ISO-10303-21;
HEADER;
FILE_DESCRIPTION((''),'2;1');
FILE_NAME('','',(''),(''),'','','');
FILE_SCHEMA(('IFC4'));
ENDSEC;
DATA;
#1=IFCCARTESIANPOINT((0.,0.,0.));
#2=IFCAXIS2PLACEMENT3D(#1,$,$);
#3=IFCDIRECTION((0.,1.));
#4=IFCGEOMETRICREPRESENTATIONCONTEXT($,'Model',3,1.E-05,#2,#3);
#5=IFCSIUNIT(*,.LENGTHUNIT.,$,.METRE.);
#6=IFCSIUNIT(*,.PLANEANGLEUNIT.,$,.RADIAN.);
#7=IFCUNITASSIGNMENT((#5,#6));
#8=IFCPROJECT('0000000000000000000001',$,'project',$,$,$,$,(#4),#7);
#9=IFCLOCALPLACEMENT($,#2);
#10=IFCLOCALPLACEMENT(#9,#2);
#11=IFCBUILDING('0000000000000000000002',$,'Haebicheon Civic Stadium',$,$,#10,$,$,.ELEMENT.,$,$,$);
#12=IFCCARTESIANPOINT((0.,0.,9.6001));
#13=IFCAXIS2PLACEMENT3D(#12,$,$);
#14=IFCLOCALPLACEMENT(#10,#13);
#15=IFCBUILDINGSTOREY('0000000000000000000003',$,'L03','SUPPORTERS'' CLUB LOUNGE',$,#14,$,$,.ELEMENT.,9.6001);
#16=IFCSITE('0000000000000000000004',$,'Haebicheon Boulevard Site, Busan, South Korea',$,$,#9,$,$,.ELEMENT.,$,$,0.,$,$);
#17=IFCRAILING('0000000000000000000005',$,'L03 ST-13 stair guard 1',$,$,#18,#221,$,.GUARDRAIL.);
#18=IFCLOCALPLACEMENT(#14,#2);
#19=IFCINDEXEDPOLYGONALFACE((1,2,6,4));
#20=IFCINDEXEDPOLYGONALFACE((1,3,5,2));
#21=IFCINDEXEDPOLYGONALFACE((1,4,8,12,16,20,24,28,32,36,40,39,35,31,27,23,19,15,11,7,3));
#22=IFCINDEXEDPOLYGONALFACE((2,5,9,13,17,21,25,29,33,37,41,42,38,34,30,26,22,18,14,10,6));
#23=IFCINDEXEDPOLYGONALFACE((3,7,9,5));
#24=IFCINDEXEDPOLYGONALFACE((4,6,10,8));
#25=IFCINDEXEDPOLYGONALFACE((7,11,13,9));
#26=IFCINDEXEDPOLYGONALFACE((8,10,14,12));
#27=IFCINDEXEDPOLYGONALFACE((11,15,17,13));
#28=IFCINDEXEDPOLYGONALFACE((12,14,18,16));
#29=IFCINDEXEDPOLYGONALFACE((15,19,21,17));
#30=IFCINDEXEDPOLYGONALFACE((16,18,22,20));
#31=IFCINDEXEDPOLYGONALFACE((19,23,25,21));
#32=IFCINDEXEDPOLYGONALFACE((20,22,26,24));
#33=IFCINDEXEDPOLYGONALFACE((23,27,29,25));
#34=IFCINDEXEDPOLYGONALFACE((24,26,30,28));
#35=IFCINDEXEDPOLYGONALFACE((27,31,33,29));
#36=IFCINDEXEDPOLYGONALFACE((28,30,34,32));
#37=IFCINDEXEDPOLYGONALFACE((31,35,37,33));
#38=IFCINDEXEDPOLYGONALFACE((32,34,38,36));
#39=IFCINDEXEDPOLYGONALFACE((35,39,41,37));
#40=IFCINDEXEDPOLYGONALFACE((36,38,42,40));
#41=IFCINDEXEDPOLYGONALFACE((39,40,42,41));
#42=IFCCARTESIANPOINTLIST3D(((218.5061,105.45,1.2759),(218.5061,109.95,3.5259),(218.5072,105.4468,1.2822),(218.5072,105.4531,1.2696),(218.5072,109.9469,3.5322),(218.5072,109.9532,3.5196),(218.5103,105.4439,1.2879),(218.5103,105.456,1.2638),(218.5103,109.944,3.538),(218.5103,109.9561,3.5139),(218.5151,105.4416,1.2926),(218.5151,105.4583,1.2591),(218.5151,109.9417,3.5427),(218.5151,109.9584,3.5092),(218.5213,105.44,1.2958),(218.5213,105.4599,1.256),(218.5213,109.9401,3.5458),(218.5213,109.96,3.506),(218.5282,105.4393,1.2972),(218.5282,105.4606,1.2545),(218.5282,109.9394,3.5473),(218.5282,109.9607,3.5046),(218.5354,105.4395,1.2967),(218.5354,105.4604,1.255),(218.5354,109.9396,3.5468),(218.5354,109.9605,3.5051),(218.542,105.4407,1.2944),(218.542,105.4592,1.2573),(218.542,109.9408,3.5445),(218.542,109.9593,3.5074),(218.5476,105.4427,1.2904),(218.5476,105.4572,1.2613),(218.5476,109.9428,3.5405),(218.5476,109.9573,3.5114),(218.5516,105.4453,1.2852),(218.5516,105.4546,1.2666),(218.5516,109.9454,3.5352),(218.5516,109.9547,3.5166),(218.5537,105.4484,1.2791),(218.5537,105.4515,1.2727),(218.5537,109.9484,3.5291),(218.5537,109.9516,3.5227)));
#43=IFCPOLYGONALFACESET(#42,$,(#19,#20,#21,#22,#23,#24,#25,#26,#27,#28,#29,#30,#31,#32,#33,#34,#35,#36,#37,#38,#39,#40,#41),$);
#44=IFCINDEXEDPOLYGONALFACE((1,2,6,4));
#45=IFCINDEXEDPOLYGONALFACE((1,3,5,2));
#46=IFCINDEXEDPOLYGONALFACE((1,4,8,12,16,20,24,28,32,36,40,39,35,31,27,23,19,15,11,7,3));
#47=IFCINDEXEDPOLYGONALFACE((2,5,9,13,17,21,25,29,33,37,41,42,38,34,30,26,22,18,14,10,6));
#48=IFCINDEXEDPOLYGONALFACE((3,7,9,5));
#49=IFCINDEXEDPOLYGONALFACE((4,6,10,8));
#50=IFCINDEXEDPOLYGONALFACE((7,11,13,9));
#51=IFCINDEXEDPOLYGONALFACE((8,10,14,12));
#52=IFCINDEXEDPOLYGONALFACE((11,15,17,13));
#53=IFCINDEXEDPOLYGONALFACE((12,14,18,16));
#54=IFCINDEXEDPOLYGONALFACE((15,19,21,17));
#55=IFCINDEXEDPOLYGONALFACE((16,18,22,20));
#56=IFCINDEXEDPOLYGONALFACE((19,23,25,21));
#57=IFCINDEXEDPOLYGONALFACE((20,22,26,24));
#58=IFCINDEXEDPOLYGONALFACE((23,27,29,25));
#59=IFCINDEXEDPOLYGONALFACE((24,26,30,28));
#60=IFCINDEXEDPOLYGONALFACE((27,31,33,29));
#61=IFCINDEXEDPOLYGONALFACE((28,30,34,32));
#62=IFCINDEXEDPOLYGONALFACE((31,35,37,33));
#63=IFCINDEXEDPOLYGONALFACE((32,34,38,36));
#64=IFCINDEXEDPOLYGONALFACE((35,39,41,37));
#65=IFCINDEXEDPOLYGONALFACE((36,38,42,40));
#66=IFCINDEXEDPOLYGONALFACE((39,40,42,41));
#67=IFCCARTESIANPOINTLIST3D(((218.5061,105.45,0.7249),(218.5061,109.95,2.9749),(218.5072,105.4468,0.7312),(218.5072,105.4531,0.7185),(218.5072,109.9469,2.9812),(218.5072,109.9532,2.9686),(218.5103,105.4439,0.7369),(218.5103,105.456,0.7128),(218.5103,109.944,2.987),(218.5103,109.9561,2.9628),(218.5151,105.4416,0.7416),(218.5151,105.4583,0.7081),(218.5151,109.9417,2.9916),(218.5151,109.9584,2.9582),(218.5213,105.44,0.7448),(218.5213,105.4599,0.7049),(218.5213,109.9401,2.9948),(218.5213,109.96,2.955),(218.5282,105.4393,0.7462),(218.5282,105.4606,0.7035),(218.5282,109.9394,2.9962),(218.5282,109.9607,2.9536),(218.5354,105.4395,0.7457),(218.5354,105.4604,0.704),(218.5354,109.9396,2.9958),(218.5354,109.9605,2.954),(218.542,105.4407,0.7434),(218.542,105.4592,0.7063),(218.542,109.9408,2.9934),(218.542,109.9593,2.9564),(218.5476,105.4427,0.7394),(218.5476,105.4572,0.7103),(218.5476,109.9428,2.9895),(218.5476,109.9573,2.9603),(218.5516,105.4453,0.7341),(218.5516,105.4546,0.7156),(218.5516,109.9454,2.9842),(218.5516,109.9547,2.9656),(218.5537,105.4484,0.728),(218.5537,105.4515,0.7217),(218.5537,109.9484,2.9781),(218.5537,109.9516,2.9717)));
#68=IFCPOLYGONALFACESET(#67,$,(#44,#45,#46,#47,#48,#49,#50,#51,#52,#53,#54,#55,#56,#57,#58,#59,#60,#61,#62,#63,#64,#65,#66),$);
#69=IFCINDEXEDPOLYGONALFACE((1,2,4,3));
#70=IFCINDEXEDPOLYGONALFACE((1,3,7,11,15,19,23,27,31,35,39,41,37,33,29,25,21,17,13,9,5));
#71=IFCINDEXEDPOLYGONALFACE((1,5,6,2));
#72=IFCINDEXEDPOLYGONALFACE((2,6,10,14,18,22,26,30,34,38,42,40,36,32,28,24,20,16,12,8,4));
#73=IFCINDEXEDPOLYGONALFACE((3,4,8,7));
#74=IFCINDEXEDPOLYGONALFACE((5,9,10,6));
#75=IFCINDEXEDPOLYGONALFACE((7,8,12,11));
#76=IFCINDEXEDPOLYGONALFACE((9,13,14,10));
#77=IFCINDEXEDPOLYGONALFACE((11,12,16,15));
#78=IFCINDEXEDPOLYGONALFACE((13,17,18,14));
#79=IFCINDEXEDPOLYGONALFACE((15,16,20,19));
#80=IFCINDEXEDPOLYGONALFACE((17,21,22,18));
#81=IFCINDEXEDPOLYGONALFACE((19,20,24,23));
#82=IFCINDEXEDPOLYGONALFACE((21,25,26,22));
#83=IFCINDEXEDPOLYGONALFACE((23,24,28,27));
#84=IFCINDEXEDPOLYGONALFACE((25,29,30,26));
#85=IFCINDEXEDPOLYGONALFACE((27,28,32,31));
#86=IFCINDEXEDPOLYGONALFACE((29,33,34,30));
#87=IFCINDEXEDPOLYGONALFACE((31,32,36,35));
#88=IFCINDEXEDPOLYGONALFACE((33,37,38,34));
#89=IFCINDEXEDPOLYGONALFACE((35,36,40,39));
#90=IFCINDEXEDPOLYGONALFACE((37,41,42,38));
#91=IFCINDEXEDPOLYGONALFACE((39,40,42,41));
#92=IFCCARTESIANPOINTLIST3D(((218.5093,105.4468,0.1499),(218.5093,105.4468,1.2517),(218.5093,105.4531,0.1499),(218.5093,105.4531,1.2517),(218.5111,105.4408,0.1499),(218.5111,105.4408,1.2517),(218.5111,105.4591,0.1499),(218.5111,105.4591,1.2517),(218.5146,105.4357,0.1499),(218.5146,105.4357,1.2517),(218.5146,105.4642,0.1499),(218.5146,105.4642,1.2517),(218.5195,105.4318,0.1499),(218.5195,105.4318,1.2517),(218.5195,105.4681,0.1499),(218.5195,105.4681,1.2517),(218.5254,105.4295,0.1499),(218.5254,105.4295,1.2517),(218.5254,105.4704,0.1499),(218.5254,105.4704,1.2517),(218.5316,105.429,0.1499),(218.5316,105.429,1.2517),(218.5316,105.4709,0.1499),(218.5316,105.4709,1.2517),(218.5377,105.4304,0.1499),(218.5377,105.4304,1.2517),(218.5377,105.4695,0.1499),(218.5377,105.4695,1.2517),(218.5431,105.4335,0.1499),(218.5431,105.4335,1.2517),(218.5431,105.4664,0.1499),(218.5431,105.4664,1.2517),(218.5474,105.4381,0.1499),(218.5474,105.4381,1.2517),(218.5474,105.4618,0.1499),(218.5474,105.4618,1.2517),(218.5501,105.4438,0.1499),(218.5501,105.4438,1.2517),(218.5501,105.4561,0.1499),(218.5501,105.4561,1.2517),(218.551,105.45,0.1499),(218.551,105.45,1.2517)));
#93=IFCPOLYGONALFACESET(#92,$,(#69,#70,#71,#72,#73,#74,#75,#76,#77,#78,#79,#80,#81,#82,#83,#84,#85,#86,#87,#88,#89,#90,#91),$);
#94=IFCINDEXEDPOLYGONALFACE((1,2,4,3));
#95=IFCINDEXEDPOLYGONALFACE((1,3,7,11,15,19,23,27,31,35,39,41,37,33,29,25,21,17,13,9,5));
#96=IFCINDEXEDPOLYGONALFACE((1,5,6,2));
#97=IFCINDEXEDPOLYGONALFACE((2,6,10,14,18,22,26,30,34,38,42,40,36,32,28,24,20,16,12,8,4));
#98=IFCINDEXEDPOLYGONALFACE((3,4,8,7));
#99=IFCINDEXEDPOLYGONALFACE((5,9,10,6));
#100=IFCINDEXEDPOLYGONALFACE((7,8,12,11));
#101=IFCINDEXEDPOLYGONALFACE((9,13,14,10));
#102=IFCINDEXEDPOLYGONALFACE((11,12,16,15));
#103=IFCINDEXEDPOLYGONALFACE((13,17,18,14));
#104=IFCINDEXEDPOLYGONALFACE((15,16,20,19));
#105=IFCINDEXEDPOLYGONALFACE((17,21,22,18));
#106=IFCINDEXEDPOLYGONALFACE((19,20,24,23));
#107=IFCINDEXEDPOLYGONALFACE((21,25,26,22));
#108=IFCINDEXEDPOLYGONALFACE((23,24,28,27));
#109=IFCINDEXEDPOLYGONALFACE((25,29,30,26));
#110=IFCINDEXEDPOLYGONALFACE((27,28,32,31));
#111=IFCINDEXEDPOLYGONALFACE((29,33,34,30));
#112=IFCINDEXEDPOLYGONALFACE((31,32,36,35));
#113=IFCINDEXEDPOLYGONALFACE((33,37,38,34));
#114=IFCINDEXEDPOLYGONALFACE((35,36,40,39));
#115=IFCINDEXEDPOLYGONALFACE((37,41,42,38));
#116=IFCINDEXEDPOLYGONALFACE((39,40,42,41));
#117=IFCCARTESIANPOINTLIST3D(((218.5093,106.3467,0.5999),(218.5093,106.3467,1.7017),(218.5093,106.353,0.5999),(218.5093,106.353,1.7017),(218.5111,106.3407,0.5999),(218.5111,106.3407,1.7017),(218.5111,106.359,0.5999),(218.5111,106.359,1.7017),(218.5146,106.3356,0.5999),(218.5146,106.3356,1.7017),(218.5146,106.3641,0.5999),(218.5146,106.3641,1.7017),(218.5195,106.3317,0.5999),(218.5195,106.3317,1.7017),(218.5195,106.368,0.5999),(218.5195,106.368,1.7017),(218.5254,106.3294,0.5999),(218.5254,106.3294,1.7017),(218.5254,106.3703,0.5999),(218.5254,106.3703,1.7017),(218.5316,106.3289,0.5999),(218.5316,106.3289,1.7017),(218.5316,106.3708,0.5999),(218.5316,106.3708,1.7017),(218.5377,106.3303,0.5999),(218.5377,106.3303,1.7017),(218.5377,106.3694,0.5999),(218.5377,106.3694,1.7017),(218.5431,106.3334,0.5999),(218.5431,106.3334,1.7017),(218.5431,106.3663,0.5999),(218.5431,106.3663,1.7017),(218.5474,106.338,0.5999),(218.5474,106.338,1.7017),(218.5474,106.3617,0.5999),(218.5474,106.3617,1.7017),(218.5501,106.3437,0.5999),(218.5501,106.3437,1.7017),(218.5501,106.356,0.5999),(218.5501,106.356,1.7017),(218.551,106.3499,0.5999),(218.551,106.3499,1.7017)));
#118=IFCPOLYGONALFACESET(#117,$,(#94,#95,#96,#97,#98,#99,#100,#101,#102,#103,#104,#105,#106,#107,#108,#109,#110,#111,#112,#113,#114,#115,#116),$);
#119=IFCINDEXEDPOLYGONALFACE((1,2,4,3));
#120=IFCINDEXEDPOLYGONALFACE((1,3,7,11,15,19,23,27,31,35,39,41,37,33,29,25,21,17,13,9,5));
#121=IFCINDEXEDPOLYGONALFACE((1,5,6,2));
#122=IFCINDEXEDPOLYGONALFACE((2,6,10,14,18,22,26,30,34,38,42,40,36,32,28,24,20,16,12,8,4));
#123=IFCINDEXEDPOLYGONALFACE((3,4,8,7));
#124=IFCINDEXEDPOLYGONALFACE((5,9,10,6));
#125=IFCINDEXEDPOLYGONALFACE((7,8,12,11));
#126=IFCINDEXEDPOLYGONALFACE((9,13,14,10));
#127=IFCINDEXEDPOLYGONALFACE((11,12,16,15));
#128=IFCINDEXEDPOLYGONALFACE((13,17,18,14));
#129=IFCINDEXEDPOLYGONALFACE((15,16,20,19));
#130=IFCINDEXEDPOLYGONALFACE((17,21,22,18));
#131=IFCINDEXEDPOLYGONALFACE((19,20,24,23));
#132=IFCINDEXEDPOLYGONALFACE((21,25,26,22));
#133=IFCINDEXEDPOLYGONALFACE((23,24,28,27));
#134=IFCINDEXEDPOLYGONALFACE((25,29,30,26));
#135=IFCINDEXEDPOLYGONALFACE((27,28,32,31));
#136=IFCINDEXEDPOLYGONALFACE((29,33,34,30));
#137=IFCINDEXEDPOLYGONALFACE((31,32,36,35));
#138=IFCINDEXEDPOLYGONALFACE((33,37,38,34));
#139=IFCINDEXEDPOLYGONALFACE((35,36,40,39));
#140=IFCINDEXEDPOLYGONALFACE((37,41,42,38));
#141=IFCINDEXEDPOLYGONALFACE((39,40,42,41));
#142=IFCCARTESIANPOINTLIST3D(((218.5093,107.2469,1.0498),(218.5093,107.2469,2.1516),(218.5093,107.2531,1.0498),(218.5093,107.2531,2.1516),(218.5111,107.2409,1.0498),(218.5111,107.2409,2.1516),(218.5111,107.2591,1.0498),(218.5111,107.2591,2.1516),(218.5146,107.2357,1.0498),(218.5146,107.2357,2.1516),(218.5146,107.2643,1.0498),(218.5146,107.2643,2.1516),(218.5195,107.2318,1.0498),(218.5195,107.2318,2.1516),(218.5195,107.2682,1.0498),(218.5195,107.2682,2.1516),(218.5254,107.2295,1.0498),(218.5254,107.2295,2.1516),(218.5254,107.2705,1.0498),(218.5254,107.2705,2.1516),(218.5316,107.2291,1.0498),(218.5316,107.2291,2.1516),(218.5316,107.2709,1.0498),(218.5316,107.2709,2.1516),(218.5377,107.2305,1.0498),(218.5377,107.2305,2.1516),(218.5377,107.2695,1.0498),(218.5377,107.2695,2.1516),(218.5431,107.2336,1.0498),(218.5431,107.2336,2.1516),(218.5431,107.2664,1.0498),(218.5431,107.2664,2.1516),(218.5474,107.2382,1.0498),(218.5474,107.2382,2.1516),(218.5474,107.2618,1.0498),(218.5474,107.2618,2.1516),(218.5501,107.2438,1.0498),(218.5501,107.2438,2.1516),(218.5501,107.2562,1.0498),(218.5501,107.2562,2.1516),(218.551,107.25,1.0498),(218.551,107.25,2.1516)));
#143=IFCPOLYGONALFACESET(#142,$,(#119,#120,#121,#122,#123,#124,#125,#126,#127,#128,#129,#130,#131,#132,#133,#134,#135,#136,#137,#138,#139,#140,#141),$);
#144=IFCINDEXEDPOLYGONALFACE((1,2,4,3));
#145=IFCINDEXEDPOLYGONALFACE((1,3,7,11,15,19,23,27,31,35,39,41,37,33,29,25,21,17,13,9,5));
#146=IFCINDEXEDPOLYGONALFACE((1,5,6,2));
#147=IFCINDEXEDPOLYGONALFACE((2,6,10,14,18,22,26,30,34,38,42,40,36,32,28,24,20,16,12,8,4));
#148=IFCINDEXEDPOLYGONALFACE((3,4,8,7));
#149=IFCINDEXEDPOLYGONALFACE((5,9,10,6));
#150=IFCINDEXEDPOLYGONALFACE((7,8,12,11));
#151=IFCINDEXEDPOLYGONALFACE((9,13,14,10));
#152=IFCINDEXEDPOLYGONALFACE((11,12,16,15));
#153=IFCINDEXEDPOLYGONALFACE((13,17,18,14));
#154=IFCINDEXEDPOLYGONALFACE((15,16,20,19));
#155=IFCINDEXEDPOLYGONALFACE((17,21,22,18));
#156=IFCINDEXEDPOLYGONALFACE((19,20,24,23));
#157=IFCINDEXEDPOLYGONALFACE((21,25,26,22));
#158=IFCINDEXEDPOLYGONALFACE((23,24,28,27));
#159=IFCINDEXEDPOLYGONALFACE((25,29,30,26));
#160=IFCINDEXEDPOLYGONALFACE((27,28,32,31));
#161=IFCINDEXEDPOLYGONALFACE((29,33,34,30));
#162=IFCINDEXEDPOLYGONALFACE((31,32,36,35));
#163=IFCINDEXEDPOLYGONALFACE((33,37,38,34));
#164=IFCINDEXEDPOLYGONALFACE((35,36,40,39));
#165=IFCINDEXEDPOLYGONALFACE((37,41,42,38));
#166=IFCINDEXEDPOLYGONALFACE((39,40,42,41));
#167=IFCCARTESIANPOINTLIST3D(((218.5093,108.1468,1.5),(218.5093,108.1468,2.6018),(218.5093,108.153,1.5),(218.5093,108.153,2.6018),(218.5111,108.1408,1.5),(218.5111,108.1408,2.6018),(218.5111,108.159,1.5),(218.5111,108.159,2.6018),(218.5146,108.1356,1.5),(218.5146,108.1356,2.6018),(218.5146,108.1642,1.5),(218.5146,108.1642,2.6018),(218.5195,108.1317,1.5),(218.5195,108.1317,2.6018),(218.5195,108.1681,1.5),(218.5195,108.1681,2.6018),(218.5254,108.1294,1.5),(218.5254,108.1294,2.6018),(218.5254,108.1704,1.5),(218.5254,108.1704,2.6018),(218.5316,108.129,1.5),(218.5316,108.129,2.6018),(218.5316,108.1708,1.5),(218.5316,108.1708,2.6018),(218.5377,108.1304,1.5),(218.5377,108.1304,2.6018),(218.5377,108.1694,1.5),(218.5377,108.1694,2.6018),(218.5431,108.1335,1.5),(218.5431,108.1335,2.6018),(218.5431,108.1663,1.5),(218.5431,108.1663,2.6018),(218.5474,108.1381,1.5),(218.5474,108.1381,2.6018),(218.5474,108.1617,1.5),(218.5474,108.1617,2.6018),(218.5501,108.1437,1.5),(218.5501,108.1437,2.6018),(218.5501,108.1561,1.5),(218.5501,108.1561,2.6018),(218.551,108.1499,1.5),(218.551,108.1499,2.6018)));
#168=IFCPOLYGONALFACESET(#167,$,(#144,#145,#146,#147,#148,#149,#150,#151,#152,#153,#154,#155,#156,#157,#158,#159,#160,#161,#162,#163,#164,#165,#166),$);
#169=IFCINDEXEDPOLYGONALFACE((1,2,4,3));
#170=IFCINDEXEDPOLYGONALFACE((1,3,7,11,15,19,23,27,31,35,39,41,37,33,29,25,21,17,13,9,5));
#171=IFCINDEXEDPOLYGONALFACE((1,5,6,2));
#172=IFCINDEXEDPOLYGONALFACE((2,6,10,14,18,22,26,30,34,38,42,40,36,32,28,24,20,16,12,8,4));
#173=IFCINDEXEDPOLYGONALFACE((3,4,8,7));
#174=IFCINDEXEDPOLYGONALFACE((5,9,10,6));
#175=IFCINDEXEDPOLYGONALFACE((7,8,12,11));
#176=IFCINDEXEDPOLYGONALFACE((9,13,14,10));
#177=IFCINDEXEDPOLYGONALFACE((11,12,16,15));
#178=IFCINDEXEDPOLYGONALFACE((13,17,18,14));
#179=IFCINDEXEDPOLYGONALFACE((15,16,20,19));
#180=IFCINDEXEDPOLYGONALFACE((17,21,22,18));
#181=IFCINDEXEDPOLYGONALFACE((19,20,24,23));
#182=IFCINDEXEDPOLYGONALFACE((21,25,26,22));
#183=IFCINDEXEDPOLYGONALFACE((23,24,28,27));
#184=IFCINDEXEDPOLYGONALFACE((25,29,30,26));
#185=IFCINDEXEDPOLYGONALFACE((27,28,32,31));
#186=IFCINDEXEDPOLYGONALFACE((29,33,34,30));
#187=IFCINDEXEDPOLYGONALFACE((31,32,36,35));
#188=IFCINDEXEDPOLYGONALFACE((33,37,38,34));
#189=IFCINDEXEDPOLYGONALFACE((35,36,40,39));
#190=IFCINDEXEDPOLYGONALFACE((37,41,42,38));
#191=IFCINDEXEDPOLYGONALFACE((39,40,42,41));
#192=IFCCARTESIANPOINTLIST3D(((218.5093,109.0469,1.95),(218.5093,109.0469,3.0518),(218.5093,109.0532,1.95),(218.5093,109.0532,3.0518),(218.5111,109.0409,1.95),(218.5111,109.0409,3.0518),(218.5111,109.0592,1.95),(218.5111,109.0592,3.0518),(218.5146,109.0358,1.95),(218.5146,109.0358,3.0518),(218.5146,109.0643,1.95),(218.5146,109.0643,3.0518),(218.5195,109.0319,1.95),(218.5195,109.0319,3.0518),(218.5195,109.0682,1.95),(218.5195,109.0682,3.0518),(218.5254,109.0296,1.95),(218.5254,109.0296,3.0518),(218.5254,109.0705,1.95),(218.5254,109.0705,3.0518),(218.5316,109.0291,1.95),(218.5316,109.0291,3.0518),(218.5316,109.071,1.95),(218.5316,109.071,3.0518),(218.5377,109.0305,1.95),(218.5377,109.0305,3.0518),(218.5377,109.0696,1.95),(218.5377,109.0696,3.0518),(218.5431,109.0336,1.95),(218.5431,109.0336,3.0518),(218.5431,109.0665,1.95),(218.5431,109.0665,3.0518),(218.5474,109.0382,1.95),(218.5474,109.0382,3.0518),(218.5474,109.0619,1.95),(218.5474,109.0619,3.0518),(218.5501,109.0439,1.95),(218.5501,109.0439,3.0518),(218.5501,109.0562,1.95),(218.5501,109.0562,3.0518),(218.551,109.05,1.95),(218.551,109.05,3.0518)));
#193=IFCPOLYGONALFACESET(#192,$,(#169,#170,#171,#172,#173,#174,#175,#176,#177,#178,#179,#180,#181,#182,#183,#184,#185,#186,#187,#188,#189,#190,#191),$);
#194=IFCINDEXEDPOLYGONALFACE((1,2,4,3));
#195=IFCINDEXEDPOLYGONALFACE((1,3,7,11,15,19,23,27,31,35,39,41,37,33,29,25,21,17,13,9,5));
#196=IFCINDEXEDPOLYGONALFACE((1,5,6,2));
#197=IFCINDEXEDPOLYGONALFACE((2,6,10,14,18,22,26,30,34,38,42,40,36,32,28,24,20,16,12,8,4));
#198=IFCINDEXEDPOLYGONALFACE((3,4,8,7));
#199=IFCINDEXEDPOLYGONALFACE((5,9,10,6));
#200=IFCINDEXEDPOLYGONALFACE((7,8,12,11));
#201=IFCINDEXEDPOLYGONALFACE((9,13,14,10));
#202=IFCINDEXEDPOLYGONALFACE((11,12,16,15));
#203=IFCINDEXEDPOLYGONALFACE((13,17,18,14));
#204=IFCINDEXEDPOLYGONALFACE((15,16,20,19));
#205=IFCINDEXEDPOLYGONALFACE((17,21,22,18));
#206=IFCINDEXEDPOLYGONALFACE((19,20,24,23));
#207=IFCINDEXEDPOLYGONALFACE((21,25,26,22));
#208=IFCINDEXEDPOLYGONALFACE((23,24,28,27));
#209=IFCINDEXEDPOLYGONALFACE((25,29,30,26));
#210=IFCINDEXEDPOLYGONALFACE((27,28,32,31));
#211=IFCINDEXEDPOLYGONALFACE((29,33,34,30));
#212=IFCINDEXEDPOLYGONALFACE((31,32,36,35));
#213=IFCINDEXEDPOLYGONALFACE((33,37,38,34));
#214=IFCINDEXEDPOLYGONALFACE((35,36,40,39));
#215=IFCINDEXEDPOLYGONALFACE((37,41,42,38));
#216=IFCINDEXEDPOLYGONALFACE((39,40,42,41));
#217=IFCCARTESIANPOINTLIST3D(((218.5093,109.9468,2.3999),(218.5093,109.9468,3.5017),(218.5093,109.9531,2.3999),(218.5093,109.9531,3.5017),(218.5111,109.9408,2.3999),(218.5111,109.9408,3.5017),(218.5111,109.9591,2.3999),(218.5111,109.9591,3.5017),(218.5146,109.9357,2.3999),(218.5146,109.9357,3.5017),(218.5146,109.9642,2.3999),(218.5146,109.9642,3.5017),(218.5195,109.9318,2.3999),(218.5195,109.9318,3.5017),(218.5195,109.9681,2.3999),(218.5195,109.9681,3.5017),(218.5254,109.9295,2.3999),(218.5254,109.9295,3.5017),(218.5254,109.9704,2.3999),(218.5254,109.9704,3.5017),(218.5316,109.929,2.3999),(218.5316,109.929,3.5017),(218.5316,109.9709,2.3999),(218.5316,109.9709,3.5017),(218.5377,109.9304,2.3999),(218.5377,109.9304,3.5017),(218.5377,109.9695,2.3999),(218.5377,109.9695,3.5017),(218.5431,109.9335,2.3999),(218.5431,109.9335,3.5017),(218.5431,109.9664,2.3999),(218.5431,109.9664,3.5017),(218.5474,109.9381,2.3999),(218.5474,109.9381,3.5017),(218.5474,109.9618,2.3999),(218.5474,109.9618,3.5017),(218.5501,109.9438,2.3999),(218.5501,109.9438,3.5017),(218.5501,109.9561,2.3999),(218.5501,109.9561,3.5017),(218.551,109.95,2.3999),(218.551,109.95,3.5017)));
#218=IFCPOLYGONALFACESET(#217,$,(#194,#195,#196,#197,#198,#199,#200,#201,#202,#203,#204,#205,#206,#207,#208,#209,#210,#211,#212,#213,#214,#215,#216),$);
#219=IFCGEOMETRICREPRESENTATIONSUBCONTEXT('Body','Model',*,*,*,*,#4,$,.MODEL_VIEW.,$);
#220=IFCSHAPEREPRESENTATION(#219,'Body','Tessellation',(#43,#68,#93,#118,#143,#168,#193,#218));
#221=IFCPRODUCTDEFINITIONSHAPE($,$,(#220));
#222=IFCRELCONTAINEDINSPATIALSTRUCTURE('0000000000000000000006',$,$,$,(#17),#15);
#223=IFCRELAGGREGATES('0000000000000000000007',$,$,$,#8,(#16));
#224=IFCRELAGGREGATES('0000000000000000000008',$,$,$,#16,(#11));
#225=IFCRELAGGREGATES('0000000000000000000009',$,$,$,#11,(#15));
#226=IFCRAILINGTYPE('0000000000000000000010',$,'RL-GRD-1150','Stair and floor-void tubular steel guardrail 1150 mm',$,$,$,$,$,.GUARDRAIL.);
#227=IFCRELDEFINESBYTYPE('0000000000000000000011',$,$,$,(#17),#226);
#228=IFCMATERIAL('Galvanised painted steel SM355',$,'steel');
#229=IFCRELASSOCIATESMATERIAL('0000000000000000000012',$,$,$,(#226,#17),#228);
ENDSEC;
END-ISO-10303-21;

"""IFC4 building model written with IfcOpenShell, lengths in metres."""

from ifc_helpers import new_model, si_unit, direction, frame, origin, origin_2d, place, context, subcontext, project, spatial, circle, extrude, material, type_object, element, save


model = new_model("IFC4")

# Units and contexts
model_context = context("Model", 3, precision=1e-05, world=origin(), true_north=direction((0.0, 1.0)))
body_context = subcontext(model_context, "Body", "Model", "MODEL_VIEW")
ifc_project = project(units=[si_unit("LENGTHUNIT", "METRE"), si_unit("PLANEANGLEUNIT", "RADIAN")], contexts=[model_context])

# Site, building, storey
site_placement = place(None, origin())
site = spatial("IfcSite", under=ifc_project, at=site_placement, Name="Haebicheon Boulevard Site, Busan, South Korea", CompositionType="ELEMENT", RefElevation=0.0)
building_placement = place(site_placement, origin())
building = spatial("IfcBuilding", under=site, at=building_placement, Name="Haebicheon Civic Stadium", CompositionType="ELEMENT")
storey_placement = place(building_placement, frame((0.0, 0.0, 9.6001)))
storey = spatial("IfcBuildingStorey", under=building, at=storey_placement, Name="L03", Description="SUPPORTERS' CLUB LOUNGE", CompositionType="ELEMENT", Elevation=9.6001)

# Railing
ifc_material_1 = material(Name="Galvanised painted steel SM355", Category="steel")
railing_type_1 = type_object("IfcRailingType", Name="RL-GRD-1150", Description="Stair and floor-void tubular steel guardrail 1150 mm", PredefinedType="GUARDRAIL", material=ifc_material_1)
railing_1_placement = place(storey_placement, frame((218.53, 105.45, 0.1499)))
element("IfcRailing", 1, at=railing_1_placement, inside=storey, type_object=railing_type_1, material=ifc_material_1, Name="L03 ST-13 stair guard 1", PredefinedType="GUARDRAIL", context=body_context, shape_type="SweptSolid", body=[
    extrude(circle(Radius=0.0239, at=origin_2d()), frame((0.0, 0.0, 1.126), z_axis=(0.0, 0.894427, 0.447214), x_axis=(-1.0, 0.0, 0.0)), (0.0, 0.0, 1.0), 5.0312),
    extrude(circle(Radius=0.0239, at=origin_2d()), frame((0.0, 0.0, 0.575), z_axis=(0.0, 0.894427, 0.447214), x_axis=(-1.0, 0.0, 0.0)), (0.0, 0.0, 1.0), 5.0312),
    extrude(circle(Radius=0.021, at=origin_2d()), origin(), (0.0, 0.0, 1.0), 1.1018),
    extrude(circle(Radius=0.021, at=origin_2d()), frame((0.0, 0.8999, 0.45)), (0.0, 0.0, 1.0), 1.1018),
    extrude(circle(Radius=0.021, at=origin_2d()), frame((0.0, 1.8, 0.8999)), (0.0, 0.0, 1.0), 1.1018),
    extrude(circle(Radius=0.021, at=origin_2d()), frame((0.0, 2.7, 1.3501)), (0.0, 0.0, 1.0), 1.1018),
    extrude(circle(Radius=0.021, at=origin_2d()), frame((0.0, 3.6001, 1.8)), (0.0, 0.0, 1.0), 1.1018),
    extrude(circle(Radius=0.021, at=origin_2d()), frame((0.0, 4.5, 2.25)), (0.0, 0.0, 1.0), 1.1018),
])

save(model, "model.ifc")
